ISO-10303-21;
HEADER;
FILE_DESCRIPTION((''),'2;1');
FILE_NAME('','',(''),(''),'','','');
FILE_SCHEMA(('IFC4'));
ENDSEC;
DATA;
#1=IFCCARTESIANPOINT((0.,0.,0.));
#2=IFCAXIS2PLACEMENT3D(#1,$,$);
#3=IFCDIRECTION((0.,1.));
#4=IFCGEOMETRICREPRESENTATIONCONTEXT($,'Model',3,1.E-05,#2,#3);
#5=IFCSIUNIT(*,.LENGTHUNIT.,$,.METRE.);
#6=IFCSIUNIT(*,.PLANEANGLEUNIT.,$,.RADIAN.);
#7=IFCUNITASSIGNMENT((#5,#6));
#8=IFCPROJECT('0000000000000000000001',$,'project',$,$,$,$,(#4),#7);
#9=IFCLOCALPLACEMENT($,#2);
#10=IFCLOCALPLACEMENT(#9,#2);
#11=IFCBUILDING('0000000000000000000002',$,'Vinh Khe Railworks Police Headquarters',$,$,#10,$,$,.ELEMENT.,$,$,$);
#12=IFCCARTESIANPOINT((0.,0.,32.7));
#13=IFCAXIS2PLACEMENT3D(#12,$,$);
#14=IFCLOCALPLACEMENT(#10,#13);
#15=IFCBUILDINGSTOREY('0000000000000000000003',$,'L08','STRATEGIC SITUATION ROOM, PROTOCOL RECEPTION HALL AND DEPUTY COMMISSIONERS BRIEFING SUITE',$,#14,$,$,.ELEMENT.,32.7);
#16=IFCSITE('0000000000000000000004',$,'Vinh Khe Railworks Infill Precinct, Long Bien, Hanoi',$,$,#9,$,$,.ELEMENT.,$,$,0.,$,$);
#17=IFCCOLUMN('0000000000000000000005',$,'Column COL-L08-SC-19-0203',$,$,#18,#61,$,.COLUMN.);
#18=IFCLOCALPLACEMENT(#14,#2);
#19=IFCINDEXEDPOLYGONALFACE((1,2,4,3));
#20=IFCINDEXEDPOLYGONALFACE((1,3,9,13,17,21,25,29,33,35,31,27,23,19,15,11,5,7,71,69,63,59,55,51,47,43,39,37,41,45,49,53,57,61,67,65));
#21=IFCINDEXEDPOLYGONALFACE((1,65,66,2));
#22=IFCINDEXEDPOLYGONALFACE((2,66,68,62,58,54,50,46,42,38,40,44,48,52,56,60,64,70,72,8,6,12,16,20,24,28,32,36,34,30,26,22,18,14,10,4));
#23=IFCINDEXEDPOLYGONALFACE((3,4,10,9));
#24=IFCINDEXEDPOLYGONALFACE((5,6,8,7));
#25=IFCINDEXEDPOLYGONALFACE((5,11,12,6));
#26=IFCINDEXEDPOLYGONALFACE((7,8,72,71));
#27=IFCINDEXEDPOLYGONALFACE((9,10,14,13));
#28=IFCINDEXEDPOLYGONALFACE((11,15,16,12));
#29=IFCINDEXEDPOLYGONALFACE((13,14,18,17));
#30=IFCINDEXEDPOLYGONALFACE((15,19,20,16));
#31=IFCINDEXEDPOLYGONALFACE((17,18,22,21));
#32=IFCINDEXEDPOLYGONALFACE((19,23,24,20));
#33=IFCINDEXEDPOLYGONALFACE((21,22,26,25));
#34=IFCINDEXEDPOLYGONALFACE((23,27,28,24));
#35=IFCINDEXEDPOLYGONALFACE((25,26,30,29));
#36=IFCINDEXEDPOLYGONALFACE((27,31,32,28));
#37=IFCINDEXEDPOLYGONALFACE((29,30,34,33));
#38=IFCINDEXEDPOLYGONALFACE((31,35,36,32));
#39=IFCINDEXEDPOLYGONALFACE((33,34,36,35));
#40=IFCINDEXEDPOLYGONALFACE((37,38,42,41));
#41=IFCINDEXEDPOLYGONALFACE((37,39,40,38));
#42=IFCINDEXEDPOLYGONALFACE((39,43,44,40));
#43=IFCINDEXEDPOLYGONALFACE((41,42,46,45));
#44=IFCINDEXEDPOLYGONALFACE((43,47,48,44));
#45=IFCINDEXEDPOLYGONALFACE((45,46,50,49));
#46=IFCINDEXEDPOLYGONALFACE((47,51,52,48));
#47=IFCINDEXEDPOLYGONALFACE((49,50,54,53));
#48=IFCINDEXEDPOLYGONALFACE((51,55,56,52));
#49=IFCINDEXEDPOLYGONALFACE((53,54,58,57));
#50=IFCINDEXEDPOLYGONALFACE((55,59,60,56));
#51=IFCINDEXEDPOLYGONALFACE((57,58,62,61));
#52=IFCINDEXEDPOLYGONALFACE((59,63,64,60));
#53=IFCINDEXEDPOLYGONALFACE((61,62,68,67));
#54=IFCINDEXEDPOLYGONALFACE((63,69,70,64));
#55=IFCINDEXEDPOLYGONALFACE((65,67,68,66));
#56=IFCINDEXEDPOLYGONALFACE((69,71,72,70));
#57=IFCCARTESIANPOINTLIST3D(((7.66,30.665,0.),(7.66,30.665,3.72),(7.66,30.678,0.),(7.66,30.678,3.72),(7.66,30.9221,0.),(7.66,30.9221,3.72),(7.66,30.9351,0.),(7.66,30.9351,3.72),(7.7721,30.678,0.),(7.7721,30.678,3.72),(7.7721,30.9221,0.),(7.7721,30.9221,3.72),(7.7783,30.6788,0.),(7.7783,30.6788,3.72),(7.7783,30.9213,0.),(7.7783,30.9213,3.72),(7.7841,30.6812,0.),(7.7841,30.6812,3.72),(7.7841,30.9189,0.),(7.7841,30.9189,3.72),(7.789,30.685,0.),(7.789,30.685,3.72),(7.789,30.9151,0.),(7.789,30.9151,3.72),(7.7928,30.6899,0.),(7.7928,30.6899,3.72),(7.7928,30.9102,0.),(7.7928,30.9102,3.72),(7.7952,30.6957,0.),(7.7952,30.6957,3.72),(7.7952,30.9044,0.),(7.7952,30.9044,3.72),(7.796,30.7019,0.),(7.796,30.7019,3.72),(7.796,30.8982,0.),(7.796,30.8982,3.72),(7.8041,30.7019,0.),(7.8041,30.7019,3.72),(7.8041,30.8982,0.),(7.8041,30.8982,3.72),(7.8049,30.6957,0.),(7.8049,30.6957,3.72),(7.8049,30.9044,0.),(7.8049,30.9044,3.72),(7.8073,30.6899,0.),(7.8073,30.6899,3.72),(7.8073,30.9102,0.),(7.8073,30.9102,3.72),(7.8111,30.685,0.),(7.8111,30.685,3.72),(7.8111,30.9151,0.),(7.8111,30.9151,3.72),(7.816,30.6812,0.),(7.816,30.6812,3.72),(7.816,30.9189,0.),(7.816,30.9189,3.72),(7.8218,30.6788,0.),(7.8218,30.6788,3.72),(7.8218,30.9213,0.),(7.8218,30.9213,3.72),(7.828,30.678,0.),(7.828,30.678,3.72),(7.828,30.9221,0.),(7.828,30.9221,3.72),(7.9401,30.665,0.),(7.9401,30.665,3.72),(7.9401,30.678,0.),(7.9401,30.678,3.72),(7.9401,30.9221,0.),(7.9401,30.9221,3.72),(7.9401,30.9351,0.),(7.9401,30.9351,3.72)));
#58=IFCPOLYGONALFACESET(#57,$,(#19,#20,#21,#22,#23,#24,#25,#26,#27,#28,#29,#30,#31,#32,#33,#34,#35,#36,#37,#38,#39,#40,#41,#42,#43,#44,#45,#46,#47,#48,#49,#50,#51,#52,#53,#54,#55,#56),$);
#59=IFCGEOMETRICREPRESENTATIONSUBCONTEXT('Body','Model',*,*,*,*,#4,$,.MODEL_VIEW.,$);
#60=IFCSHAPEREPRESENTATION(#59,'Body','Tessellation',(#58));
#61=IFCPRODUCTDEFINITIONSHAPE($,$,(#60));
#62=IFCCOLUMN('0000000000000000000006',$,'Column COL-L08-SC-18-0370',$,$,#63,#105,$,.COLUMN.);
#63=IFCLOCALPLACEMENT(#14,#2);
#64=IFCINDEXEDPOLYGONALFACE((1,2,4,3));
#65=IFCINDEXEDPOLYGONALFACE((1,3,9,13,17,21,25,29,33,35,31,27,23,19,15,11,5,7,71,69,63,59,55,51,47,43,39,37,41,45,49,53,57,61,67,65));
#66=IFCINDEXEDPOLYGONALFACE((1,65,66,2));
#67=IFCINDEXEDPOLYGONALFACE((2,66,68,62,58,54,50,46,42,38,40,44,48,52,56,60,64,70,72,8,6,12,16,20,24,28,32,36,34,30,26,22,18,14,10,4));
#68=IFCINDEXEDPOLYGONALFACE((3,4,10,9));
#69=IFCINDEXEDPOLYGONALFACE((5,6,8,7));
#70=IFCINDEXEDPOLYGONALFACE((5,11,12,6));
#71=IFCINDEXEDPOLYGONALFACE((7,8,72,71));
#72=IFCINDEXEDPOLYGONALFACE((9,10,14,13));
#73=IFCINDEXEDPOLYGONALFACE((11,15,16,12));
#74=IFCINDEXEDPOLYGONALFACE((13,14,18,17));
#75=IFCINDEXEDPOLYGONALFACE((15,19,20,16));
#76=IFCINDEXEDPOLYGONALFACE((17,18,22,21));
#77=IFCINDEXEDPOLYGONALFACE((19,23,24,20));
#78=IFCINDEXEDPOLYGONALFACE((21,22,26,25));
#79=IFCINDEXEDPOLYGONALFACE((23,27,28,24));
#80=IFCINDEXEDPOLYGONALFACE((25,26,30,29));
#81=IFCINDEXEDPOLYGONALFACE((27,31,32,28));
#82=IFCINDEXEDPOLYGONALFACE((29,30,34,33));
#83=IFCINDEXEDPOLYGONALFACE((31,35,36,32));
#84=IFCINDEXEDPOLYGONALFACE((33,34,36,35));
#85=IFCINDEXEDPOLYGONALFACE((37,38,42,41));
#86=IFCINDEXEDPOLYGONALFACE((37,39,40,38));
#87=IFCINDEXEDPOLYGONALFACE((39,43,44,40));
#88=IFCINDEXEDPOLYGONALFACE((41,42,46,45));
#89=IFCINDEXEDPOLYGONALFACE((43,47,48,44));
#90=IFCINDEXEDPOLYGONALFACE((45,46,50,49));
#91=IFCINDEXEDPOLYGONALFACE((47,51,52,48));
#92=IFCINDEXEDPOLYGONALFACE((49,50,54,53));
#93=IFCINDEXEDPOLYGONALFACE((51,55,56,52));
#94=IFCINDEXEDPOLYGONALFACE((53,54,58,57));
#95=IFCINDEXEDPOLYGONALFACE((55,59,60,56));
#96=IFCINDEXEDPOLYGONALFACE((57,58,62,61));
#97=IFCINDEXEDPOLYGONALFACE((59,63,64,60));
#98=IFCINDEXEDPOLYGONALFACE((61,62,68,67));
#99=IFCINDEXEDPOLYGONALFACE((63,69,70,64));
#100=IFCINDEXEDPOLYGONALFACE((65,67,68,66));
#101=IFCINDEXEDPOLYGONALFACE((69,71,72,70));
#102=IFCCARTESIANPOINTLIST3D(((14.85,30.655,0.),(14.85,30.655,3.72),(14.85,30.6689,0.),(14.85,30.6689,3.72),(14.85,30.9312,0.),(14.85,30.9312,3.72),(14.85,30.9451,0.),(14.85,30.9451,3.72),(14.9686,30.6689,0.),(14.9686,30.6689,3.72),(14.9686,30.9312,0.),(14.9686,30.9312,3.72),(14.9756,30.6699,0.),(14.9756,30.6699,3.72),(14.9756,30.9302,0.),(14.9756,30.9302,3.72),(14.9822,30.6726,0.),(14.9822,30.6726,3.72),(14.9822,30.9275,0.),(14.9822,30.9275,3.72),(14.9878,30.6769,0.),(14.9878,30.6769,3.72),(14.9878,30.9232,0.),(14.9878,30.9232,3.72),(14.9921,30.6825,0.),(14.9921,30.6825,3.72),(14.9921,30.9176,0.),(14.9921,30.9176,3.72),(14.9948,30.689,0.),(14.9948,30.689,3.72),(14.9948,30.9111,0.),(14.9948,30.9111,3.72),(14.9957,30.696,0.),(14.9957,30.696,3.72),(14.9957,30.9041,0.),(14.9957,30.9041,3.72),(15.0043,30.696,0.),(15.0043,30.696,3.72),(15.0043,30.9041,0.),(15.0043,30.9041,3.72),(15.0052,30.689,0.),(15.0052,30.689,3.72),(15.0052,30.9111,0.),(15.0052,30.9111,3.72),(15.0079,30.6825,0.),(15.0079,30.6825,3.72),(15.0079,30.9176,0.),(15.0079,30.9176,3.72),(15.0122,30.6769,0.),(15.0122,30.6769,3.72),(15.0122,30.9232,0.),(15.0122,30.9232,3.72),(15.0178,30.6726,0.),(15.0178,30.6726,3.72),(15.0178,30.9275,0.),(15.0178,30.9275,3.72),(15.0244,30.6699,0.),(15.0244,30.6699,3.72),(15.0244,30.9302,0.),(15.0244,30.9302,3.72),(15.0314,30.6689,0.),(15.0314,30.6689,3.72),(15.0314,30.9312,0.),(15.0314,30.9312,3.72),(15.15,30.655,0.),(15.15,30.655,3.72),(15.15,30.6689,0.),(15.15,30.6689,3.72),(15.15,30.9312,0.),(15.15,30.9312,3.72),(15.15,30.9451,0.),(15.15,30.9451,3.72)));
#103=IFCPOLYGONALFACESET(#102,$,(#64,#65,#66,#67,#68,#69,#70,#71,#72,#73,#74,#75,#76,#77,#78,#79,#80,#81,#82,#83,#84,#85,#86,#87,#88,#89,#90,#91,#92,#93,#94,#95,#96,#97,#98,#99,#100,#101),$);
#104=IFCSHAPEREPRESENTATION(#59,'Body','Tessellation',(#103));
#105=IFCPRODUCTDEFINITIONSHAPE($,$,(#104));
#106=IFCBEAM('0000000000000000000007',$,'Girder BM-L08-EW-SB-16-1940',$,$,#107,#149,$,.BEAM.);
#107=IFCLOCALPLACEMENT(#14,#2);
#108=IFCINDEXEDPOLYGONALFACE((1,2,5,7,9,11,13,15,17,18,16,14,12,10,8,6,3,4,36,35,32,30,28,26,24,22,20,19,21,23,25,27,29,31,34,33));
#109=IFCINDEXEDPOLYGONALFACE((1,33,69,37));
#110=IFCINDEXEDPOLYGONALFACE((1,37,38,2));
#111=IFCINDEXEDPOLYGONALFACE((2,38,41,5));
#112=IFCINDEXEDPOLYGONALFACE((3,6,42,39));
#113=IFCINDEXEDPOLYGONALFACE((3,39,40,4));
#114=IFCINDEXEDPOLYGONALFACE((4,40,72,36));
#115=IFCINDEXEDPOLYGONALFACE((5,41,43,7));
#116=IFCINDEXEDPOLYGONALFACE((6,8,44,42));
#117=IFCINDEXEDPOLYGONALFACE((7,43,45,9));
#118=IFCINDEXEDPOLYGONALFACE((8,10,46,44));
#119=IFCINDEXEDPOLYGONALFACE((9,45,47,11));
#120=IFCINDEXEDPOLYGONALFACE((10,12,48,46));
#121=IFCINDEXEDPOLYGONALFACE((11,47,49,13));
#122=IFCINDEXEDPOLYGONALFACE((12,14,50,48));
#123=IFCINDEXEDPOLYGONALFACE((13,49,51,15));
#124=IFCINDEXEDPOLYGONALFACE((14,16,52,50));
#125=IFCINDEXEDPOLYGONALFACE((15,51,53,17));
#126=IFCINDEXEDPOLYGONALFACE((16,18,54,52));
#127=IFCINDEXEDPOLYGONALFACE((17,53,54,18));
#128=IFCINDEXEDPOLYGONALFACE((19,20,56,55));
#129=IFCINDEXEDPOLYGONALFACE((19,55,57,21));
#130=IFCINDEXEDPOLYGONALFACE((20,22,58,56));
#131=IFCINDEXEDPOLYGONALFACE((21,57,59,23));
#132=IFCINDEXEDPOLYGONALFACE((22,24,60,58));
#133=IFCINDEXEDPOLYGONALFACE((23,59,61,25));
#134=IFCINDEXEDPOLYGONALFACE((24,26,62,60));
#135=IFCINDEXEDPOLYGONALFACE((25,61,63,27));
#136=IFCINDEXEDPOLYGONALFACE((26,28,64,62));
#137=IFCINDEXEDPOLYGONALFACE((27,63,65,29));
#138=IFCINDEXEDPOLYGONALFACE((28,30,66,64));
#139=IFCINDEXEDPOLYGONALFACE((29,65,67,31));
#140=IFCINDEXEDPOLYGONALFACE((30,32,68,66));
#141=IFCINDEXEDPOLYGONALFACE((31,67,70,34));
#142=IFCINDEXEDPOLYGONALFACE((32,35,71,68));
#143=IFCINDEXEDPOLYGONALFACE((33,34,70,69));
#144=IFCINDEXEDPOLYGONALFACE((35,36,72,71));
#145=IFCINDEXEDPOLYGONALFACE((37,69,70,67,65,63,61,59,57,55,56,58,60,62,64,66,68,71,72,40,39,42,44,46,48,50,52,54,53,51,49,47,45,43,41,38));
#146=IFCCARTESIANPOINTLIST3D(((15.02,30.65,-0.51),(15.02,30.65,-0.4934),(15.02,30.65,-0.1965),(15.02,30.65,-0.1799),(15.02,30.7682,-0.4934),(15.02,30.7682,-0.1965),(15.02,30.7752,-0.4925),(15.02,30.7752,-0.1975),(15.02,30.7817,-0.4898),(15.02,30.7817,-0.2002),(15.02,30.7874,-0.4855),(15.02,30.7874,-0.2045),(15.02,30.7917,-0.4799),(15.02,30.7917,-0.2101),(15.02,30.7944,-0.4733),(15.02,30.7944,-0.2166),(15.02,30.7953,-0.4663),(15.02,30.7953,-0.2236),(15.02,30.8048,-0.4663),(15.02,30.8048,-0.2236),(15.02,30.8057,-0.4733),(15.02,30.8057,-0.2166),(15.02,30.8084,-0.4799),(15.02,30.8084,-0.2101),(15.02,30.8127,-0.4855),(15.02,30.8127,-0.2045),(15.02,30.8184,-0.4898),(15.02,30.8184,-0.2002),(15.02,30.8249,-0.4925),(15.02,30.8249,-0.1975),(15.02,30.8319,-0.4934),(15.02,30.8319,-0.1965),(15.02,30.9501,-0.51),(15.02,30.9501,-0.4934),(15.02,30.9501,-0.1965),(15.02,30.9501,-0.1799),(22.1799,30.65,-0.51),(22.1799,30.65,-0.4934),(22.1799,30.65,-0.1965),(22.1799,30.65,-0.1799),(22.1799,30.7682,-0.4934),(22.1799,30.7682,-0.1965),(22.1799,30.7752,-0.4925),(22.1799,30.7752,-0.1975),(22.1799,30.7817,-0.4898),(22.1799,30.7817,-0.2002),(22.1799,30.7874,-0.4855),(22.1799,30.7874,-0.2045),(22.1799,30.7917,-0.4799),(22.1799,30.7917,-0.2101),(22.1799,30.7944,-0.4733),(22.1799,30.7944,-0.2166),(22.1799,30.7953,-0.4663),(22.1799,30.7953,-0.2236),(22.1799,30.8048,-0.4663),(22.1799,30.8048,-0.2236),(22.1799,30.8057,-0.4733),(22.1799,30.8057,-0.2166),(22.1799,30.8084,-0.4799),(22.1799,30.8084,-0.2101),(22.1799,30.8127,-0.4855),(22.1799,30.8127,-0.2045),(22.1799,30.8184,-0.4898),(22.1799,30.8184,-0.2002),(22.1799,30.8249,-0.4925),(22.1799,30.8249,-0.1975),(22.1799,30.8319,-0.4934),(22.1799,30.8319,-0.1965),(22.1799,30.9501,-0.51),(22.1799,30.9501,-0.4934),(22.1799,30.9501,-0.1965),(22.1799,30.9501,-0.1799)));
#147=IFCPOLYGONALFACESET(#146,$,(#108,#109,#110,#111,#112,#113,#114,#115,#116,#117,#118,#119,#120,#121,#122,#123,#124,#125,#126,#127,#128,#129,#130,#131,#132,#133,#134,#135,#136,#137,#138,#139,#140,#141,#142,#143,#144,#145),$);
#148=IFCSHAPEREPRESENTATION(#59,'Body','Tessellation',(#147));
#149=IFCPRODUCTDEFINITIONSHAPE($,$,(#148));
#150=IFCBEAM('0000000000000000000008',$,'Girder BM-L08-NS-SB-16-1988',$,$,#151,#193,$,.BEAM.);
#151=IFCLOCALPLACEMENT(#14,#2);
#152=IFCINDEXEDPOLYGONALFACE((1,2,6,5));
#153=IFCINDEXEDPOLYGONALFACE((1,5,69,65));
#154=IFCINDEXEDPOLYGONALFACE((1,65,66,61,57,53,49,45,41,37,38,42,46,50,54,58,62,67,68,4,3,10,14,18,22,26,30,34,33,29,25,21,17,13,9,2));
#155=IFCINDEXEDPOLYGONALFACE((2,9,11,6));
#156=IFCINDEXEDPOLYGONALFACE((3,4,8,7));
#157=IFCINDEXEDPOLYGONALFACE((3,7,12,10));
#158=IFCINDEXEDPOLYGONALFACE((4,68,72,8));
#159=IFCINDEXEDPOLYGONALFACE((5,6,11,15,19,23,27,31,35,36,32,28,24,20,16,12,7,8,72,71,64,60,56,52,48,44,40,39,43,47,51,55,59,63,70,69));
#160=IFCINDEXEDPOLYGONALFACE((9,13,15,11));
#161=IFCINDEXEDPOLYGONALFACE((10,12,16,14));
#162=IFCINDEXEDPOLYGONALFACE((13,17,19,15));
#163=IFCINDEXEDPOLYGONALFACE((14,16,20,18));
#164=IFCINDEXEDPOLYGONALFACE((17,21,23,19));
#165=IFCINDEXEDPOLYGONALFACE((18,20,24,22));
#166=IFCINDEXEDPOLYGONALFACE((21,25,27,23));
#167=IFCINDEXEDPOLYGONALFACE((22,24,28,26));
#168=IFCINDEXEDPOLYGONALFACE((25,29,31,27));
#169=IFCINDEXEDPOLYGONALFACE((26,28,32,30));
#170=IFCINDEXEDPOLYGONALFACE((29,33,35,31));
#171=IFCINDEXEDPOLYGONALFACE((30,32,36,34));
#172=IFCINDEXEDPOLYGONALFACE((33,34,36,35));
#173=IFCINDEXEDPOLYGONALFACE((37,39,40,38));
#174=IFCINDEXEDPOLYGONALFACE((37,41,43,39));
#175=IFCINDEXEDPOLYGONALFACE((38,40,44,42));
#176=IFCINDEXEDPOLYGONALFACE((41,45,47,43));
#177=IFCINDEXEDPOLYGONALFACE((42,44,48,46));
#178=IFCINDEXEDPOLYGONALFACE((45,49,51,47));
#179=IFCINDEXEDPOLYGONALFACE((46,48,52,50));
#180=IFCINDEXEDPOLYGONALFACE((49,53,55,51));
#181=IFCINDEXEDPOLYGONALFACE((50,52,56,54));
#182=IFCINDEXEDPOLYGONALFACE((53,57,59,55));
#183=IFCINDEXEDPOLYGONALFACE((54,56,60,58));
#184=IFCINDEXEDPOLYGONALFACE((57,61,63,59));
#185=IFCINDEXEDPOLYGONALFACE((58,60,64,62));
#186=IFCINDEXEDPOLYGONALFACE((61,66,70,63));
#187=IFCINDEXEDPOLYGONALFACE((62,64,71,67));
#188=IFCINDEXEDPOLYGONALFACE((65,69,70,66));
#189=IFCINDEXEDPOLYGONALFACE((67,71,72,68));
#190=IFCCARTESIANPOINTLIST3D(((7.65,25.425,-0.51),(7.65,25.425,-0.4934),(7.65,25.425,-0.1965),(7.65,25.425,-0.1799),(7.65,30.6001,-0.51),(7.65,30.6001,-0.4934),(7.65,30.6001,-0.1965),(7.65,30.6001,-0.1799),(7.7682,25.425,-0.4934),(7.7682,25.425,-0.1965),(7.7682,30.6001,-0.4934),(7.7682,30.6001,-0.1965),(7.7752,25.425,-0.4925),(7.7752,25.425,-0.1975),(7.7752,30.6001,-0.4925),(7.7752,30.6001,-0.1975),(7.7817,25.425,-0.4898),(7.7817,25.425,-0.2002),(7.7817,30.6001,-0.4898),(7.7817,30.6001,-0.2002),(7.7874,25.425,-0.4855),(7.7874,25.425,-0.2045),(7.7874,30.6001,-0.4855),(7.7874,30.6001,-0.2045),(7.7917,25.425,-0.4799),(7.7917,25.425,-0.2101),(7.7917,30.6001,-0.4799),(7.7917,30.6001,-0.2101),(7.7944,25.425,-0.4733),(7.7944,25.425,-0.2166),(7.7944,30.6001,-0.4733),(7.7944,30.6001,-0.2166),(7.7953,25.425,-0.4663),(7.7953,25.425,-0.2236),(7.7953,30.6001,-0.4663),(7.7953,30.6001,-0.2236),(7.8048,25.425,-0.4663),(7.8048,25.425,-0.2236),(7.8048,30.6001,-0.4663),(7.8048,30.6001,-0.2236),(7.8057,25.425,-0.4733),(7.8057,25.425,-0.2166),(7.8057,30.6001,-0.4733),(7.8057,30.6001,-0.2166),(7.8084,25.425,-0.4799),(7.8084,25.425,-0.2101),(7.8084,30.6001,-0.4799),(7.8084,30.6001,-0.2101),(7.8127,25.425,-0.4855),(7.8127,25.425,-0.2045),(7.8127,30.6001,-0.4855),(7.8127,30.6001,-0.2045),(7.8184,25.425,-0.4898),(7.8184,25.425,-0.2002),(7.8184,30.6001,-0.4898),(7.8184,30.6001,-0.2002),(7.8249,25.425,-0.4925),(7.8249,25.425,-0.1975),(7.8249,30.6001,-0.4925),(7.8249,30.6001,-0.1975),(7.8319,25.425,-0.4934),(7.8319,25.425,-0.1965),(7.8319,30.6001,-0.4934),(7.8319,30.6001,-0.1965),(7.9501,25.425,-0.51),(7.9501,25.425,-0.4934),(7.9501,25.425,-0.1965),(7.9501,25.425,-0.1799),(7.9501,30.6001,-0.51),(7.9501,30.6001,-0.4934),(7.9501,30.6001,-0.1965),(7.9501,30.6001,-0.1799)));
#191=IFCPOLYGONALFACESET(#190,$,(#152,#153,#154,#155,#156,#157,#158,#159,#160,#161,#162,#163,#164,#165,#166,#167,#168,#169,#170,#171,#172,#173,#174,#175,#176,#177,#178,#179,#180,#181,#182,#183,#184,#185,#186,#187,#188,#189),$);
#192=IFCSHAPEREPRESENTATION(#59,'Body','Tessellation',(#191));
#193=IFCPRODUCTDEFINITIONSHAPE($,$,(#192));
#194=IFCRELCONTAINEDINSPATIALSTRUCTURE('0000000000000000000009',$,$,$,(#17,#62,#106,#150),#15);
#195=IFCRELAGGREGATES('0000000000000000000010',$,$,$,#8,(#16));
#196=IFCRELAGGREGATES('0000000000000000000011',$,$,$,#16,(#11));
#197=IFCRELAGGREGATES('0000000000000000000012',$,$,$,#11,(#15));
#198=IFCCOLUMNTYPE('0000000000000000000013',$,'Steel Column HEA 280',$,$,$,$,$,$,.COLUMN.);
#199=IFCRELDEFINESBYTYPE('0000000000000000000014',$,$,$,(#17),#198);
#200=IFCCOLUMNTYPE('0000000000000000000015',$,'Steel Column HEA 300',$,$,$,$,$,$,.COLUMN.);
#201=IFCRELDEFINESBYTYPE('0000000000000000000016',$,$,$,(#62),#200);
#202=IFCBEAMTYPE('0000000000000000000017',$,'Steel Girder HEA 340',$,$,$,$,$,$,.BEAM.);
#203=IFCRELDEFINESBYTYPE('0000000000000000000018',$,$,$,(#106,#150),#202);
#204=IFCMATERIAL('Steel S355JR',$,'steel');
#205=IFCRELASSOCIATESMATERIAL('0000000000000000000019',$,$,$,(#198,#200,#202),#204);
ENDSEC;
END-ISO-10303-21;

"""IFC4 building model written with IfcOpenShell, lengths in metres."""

from ifc_helpers import new_model, si_unit, direction, frame, origin, origin_2d, place, context, subcontext, project, spatial, i_section, extrude, material, material_profile, profile_set, type_object, element, save


model = new_model("IFC4")

# Units and contexts
model_context = context("Model", 3, precision=1e-05, world=origin(), true_north=direction((0.0, 1.0)))
body_context = subcontext(model_context, "Body", "Model", "MODEL_VIEW")
ifc_project = project(units=[si_unit("LENGTHUNIT", "METRE"), si_unit("PLANEANGLEUNIT", "RADIAN")], contexts=[model_context])

# Site, building, storey
site_placement = place(None, origin())
site = spatial("IfcSite", under=ifc_project, at=site_placement, Name="Vinh Khe Railworks Infill Precinct, Long Bien, Hanoi", CompositionType="ELEMENT", RefElevation=0.0)
building_placement = place(site_placement, origin())
building = spatial("IfcBuilding", under=site, at=building_placement, Name="Vinh Khe Railworks Police Headquarters", CompositionType="ELEMENT")
storey_placement = place(building_placement, frame((0.0, 0.0, 32.7)))
storey = spatial("IfcBuildingStorey", under=building, at=storey_placement, Name="L08", Description="STRATEGIC SITUATION ROOM, PROTOCOL RECEPTION HALL AND DEPUTY COMMISSIONERS BRIEFING SUITE", CompositionType="ELEMENT", Elevation=32.7)

# Columns
ifc_material_1 = material(Name="Steel S355JR", Category="steel")
ifc_material_profile_1 = material_profile(ifc_material_1, i_section(OverallWidth=0.28, OverallDepth=0.27, WebThickness=0.0081, FlangeThickness=0.0129, FilletRadius=0.0239, at=origin_2d()), Name="HEA 280")
ifc_profile_set_1 = profile_set([ifc_material_profile_1], Name="Steel S355JR")
column_type_1 = type_object("IfcColumnType", Name="Steel Column HEA 280", PredefinedType="COLUMN", material=ifc_profile_set_1)
column_1_placement = place(storey_placement, frame((7.8, 30.8, 0.0), z_axis=(0.0, 0.0, 1.0), x_axis=(1.0, 0.0, 0.0)))
element("IfcColumn", 1, at=column_1_placement, inside=storey, type_object=column_type_1, Name="Column COL-L08-SC-19-0203", PredefinedType="COLUMN", context=body_context, shape_type="SweptSolid", body=[
    extrude(i_section(OverallWidth=0.28, OverallDepth=0.27, WebThickness=0.0081, FlangeThickness=0.0129, FilletRadius=0.0239, at=origin_2d()), origin(), (0.0, 0.0, 1.0), 3.72),
])
ifc_material_profile_2 = material_profile(ifc_material_1, i_section(OverallWidth=0.3, OverallDepth=0.29, WebThickness=0.0085, FlangeThickness=0.0139, FilletRadius=0.0271, at=origin_2d()), Name="HEA 300")
ifc_profile_set_2 = profile_set([ifc_material_profile_2], Name="Steel S355JR")
column_type_2 = type_object("IfcColumnType", Name="Steel Column HEA 300", PredefinedType="COLUMN", material=ifc_profile_set_2)
column_2_placement = place(storey_placement, frame((15.0, 30.8, 0.0), z_axis=(0.0, 0.0, 1.0), x_axis=(1.0, 0.0, 0.0)))
element("IfcColumn", 2, at=column_2_placement, inside=storey, type_object=column_type_2, Name="Column COL-L08-SC-18-0370", PredefinedType="COLUMN", context=body_context, shape_type="SweptSolid", body=[
    extrude(i_section(OverallWidth=0.3, OverallDepth=0.29, WebThickness=0.0085, FlangeThickness=0.0139, FilletRadius=0.0271, at=origin_2d()), origin(), (0.0, 0.0, 1.0), 3.72),
])

# Beams
ifc_material_profile_3 = material_profile(ifc_material_1, i_section(OverallWidth=0.3, OverallDepth=0.3301, WebThickness=0.0095, FlangeThickness=0.0166, FilletRadius=0.0271, at=origin_2d()), Name="HEA 340")
ifc_profile_set_3 = profile_set([ifc_material_profile_3], Name="Steel S355JR")
beam_type_1 = type_object("IfcBeamType", Name="Steel Girder HEA 340", PredefinedType="BEAM", material=ifc_profile_set_3)
beam_1_placement = place(storey_placement, frame((15.02, 30.8, -0.345), z_axis=(1.0, 0.0, 0.0), x_axis=(0.0, 1.0, 0.0)))
element("IfcBeam", 3, at=beam_1_placement, inside=storey, type_object=beam_type_1, Name="Girder BM-L08-EW-SB-16-1940", PredefinedType="BEAM", context=body_context, shape_type="SweptSolid", body=[
    extrude(i_section(OverallWidth=0.3, OverallDepth=0.3301, WebThickness=0.0095, FlangeThickness=0.0166, FilletRadius=0.0271, at=origin_2d()), origin(), (0.0, 0.0, 1.0), 7.1599),
])
beam_2_placement = place(storey_placement, frame((7.8, 25.425, -0.345), z_axis=(0.0, 1.0, 0.0), x_axis=(-1.0, 0.0, 0.0)))
element("IfcBeam", 4, at=beam_2_placement, inside=storey, type_object=beam_type_1, Name="Girder BM-L08-NS-SB-16-1988", PredefinedType="BEAM", context=body_context, shape_type="SweptSolid", body=[
    extrude(i_section(OverallWidth=0.3, OverallDepth=0.3301, WebThickness=0.0095, FlangeThickness=0.0166, FilletRadius=0.0271, at=origin_2d()), origin(), (0.0, 0.0, 1.0), 5.175),
])

save(model, "model.ifc")
